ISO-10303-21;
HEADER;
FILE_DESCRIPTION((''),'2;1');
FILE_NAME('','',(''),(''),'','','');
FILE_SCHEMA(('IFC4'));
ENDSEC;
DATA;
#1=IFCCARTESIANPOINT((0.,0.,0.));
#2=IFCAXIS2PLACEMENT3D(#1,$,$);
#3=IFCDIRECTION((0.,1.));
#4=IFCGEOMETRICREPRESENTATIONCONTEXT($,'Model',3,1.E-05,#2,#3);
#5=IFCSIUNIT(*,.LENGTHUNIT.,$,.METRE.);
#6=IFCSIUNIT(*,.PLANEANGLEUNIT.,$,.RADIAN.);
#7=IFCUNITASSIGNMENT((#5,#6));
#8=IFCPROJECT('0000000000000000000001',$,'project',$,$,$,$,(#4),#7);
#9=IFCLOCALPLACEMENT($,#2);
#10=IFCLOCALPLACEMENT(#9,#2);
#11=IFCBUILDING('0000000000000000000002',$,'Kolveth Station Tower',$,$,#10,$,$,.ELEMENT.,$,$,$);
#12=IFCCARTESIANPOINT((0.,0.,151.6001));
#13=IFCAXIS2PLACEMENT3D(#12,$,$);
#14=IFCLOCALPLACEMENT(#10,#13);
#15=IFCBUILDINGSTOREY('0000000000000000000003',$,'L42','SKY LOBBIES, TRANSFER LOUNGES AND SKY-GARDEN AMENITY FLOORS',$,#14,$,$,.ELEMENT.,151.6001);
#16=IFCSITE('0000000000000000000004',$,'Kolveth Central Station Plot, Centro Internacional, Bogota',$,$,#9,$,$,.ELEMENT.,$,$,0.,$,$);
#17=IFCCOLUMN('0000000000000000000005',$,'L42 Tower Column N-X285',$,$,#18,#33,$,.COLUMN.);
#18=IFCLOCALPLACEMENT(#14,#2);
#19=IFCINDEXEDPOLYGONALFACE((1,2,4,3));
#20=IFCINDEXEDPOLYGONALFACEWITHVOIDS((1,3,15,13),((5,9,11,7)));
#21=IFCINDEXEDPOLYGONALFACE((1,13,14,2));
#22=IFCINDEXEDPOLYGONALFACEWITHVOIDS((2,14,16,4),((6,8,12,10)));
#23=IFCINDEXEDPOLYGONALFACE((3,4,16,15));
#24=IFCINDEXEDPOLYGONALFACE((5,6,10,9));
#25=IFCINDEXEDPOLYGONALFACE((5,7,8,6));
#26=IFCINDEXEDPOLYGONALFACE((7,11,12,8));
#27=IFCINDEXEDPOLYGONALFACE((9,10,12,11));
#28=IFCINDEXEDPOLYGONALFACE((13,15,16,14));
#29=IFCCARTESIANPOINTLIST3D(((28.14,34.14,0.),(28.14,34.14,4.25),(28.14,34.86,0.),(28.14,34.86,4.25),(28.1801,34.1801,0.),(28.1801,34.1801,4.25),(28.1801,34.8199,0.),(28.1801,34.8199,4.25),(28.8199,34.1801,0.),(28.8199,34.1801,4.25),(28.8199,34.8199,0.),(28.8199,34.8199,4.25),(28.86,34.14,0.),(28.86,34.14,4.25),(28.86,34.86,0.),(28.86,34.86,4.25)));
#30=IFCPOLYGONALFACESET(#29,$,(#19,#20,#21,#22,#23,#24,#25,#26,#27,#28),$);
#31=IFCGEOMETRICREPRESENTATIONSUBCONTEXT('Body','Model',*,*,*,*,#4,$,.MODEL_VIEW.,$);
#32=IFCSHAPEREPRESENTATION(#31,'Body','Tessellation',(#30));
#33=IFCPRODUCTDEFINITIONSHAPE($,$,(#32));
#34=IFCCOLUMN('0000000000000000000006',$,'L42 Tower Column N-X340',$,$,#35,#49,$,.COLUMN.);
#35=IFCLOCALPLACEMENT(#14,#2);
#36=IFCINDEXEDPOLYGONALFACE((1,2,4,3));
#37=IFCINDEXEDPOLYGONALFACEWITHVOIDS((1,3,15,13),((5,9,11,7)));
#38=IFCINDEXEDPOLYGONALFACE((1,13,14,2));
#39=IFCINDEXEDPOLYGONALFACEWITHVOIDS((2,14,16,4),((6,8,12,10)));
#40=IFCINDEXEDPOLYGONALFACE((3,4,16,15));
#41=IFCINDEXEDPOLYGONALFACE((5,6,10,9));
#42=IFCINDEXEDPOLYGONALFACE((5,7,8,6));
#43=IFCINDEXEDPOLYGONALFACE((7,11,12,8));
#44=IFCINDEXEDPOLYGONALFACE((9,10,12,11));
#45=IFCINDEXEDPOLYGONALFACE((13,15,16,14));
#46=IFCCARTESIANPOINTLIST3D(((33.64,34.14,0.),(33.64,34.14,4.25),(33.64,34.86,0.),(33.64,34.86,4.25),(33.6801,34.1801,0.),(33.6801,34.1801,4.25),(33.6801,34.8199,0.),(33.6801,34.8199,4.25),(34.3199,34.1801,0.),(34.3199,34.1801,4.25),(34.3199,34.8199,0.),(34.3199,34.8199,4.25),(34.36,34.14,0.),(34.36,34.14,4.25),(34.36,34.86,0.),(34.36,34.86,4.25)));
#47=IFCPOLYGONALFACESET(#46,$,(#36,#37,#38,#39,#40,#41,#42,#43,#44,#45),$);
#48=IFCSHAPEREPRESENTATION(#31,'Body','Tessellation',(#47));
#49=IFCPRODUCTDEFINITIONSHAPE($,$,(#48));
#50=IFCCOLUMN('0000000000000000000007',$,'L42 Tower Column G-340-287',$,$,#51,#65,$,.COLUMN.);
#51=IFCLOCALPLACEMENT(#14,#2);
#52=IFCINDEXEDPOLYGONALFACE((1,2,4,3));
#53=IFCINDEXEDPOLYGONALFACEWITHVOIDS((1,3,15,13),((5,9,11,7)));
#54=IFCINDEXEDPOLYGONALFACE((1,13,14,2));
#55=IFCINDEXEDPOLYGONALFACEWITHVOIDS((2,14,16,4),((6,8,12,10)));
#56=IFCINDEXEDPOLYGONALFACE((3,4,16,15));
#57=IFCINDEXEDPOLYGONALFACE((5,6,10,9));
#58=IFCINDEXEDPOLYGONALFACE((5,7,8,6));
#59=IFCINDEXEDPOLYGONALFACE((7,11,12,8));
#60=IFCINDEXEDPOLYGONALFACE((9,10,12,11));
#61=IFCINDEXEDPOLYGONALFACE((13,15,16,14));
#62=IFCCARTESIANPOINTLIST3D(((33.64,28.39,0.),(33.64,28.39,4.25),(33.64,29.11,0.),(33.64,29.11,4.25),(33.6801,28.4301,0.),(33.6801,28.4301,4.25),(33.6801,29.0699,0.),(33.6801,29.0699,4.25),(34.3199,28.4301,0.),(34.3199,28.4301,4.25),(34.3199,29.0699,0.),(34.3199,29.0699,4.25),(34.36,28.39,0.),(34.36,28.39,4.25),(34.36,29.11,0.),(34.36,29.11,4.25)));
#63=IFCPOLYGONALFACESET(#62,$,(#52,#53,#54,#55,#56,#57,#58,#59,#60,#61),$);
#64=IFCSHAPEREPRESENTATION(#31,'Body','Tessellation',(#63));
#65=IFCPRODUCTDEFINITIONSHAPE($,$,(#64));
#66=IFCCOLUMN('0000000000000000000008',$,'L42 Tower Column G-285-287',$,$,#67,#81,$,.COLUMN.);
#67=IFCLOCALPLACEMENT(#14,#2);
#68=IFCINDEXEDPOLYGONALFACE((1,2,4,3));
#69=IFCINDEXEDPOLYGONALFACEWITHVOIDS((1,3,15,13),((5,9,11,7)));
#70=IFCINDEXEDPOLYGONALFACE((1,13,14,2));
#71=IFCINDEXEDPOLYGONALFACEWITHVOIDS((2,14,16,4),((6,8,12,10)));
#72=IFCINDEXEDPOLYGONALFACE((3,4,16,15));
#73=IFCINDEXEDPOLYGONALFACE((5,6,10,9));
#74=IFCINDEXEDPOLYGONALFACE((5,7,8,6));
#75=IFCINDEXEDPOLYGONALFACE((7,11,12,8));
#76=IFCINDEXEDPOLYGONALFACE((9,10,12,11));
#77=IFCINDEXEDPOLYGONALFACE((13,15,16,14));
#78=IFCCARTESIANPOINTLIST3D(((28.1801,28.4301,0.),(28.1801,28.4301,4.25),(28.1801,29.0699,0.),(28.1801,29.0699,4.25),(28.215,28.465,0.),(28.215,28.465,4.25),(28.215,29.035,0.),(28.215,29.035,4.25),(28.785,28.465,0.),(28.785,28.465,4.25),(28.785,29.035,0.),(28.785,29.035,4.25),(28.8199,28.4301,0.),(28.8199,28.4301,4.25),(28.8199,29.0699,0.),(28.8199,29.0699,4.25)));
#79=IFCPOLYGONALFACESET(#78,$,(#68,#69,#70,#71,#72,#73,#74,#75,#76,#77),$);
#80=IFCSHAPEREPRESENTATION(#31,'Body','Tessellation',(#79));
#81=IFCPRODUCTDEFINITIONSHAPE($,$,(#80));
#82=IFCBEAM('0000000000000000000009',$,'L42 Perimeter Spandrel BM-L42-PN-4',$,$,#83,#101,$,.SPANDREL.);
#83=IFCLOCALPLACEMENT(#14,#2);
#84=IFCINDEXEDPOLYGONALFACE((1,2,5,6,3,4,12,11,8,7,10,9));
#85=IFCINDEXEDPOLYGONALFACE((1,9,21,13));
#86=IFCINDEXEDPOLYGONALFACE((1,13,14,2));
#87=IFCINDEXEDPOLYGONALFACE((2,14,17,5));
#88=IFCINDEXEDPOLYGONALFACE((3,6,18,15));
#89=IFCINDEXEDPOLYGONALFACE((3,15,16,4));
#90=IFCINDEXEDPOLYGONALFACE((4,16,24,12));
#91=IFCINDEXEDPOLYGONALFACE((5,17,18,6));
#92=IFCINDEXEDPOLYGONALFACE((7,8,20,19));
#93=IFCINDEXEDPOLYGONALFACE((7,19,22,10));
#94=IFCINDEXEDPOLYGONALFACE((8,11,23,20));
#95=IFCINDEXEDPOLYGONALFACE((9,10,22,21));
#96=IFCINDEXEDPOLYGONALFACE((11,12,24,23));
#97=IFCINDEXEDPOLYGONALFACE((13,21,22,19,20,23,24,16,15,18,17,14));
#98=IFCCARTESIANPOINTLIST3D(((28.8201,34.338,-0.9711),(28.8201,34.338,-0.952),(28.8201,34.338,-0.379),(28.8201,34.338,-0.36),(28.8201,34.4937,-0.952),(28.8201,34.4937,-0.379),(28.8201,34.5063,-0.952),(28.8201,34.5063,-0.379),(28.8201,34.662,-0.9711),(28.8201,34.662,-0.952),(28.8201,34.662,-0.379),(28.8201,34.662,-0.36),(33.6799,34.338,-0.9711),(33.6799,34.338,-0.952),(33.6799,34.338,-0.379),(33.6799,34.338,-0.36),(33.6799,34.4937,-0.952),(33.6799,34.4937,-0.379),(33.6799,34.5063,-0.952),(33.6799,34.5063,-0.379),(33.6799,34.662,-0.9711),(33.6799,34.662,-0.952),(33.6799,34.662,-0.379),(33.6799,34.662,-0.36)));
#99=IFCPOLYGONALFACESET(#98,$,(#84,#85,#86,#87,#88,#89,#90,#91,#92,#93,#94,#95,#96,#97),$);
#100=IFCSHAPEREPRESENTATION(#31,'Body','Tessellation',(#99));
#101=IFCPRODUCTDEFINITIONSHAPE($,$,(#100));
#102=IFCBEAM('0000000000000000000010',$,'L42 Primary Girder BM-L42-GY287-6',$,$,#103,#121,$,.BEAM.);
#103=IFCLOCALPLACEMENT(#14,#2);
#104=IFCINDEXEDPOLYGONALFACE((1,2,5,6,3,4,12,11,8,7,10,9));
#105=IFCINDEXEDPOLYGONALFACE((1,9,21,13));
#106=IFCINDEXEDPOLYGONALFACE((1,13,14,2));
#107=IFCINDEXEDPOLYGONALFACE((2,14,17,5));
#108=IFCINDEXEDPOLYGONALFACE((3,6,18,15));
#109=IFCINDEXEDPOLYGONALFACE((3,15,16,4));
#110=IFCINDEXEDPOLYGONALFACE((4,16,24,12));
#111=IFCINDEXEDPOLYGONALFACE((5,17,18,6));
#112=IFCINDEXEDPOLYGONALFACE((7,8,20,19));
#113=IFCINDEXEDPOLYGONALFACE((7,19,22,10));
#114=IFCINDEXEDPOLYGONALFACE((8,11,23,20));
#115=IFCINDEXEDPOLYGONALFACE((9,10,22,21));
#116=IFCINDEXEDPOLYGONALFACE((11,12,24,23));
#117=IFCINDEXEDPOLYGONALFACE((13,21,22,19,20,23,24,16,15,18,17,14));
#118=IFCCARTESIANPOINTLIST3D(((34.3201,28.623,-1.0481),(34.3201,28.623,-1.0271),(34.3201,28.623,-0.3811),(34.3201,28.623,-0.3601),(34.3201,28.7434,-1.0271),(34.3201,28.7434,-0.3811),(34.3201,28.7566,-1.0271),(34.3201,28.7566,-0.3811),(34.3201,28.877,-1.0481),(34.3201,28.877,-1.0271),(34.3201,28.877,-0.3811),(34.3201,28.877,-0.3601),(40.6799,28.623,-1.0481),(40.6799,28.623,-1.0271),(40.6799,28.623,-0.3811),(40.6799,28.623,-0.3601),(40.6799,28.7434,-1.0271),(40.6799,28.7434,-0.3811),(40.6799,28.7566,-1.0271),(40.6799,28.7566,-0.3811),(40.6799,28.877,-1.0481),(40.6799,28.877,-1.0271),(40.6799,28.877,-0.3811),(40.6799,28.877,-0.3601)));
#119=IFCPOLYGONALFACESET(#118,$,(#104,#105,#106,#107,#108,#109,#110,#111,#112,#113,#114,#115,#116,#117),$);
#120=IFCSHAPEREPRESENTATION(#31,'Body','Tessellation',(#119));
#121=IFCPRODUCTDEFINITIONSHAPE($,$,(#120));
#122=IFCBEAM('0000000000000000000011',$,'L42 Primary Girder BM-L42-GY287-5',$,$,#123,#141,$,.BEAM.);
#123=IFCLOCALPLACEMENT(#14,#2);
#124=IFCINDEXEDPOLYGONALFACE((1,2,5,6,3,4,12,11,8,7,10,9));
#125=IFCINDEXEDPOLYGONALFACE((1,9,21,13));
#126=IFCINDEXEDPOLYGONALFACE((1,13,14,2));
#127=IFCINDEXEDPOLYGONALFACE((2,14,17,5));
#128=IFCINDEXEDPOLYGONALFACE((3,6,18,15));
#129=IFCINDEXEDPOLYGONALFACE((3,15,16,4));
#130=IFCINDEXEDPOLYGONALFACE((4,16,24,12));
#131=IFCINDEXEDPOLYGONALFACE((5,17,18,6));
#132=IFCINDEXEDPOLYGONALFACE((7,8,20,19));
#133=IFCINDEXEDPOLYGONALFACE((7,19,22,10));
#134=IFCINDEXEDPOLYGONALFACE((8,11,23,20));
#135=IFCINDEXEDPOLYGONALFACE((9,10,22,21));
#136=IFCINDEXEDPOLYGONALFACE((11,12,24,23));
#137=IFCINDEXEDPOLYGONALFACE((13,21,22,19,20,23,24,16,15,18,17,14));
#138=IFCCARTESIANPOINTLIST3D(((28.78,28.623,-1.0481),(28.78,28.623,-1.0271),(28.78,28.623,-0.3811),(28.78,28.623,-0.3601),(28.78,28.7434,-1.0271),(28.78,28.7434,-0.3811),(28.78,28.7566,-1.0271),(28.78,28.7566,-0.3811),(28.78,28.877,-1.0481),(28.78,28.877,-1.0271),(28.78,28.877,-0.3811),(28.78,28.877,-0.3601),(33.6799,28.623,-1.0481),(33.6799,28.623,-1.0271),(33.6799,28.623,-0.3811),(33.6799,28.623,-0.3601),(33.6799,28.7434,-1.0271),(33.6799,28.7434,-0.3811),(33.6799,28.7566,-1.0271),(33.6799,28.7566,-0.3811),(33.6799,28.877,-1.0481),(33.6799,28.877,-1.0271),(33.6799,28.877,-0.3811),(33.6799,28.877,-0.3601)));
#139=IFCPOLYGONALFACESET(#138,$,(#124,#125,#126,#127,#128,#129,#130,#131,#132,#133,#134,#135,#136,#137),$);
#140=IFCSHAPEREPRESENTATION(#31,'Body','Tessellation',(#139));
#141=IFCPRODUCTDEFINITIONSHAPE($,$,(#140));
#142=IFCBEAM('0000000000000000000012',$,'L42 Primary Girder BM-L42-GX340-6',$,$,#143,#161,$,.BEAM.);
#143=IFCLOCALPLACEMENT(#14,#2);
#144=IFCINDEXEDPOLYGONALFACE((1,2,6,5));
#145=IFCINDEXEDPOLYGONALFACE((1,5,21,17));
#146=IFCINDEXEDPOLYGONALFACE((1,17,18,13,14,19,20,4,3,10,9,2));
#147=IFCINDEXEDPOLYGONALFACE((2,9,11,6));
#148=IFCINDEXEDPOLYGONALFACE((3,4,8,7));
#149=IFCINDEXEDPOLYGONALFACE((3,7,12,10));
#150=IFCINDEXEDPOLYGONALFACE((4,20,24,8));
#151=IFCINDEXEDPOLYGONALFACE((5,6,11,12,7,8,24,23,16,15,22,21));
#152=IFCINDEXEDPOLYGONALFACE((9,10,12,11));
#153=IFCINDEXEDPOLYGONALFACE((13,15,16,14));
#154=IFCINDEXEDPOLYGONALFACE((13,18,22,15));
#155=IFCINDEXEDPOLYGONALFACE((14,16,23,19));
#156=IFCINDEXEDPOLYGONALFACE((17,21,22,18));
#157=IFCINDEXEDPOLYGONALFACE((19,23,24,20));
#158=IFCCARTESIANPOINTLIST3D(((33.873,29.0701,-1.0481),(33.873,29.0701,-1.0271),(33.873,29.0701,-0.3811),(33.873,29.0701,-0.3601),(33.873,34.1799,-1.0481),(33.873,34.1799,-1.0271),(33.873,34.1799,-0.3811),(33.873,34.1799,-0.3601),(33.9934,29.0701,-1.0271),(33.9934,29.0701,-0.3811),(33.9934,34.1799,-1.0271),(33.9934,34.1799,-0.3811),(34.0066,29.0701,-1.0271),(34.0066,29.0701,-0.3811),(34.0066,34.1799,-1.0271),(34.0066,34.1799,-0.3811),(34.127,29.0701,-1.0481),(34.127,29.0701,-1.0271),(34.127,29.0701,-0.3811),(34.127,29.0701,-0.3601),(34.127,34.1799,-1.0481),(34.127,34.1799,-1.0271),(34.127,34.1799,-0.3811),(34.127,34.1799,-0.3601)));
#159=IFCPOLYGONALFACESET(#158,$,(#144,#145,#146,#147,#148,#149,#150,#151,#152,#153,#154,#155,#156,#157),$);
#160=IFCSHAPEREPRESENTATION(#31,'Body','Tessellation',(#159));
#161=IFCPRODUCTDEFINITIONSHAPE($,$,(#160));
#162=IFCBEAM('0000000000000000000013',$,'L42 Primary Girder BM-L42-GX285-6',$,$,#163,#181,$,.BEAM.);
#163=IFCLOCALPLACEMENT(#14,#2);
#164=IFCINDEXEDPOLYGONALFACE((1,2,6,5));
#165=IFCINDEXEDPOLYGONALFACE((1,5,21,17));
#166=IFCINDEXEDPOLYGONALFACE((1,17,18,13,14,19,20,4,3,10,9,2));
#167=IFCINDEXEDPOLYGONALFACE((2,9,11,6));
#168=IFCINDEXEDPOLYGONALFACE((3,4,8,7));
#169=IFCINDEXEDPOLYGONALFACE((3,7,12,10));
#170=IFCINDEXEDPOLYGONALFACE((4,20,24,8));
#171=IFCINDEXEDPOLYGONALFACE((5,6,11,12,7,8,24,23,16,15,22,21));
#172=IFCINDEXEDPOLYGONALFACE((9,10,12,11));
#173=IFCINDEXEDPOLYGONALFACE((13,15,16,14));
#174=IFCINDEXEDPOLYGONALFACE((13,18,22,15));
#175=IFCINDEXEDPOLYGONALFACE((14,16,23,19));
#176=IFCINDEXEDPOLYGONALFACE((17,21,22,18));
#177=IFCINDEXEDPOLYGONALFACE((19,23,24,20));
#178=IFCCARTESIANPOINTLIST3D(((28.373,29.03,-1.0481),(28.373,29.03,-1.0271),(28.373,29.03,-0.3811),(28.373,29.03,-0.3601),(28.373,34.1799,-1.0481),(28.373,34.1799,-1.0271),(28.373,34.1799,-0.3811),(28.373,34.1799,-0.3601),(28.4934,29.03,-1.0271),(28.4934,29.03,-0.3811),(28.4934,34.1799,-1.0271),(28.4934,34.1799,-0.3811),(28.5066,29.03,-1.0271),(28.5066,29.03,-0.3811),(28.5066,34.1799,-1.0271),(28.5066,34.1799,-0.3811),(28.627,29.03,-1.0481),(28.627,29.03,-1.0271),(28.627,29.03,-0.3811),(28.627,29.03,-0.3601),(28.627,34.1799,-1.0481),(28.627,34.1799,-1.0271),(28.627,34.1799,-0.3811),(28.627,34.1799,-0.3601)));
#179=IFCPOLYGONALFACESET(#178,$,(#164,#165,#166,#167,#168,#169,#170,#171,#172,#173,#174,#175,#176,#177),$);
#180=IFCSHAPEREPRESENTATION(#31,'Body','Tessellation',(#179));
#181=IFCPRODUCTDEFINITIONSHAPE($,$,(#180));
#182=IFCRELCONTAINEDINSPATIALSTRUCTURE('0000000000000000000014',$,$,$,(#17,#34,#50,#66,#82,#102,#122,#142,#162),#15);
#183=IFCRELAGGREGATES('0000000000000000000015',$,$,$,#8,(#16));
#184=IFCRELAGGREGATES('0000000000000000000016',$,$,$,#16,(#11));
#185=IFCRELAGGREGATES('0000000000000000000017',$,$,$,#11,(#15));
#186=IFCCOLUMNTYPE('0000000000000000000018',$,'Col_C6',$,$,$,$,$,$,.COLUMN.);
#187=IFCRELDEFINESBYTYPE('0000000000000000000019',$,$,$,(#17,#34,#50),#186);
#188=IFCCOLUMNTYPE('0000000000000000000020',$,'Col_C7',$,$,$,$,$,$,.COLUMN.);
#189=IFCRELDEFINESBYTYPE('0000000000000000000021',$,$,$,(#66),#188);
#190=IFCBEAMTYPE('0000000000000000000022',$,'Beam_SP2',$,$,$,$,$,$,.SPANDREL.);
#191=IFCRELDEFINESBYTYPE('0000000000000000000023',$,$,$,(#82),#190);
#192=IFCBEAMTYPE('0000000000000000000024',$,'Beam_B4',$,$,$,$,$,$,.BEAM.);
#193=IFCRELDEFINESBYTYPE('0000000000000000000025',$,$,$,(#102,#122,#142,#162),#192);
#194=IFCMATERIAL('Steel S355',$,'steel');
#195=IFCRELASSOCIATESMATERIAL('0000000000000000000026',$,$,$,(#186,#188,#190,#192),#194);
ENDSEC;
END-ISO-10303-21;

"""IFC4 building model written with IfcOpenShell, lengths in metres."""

from ifc_helpers import new_model, si_unit, direction, frame, origin, origin_2d, place, context, subcontext, project, spatial, hollow_rectangle, i_section, extrude, source, transform, mapped, material, material_profile, profile_set, type_object, element, save


model = new_model("IFC4")

# Units and contexts
model_context = context("Model", 3, precision=1e-05, world=origin(), true_north=direction((0.0, 1.0)))
body_context = subcontext(model_context, "Body", "Model", "MODEL_VIEW")
ifc_project = project(units=[si_unit("LENGTHUNIT", "METRE"), si_unit("PLANEANGLEUNIT", "RADIAN")], contexts=[model_context])

# Site, building, storey
site_placement = place(None, origin())
site = spatial("IfcSite", under=ifc_project, at=site_placement, Name="Kolveth Central Station Plot, Centro Internacional, Bogota", CompositionType="ELEMENT", RefElevation=0.0)
building_placement = place(site_placement, origin())
building = spatial("IfcBuilding", under=site, at=building_placement, Name="Kolveth Station Tower", CompositionType="ELEMENT")
storey_placement = place(building_placement, frame((0.0, 0.0, 151.6001)))
storey = spatial("IfcBuildingStorey", under=building, at=storey_placement, Name="L42", Description="SKY LOBBIES, TRANSFER LOUNGES AND SKY-GARDEN AMENITY FLOORS", CompositionType="ELEMENT", Elevation=151.6001)

# Columns
ifc_material_1 = material(Name="Steel S355", Category="steel")
ifc_material_profile_1 = material_profile(ifc_material_1, hollow_rectangle(XDim=0.72, YDim=0.72, WallThickness=0.04, at=origin_2d()), Name="BOX720x720x40")
ifc_profile_set_1 = profile_set([ifc_material_profile_1], Name="Steel S355")
column_type_1 = type_object("IfcColumnType", Name="Col_C6", PredefinedType="COLUMN", material=ifc_profile_set_1)
shared_shape_1 = source(origin(), body_context, "Body", "SweptSolid", [
    extrude(hollow_rectangle(XDim=0.72, YDim=0.72, WallThickness=0.04, at=origin_2d()), origin(), (0.0, 0.0, 1.0), 4.25),
])
for number, where, z_axis, x_axis, name in (
    (1, (28.5, 34.5, 0.0), (0.0, 0.0, 1.0), (1.0, 0.0, 0.0), "L42 Tower Column N-X285"),
    (2, (34.0, 34.5, 0.0), (0.0, 0.0, 1.0), (1.0, 0.0, 0.0), "L42 Tower Column N-X340"),
    (3, (34.0, 28.75, 0.0), (0.0, 0.0, 1.0), (1.0, 0.0, 0.0), "L42 Tower Column G-340-287"),
):
    element("IfcColumn", number, at=place(storey_placement, frame(where, z_axis=z_axis, x_axis=x_axis)), inside=storey, type_object=column_type_1, Name=name, PredefinedType="COLUMN", context=body_context, shape_type="MappedRepresentation", body=[
        mapped(shared_shape_1, transform((0.0, 0.0, 0.0), x_axis=(1.0, 0.0, 0.0), y_axis=(0.0, 1.0, 0.0), z_axis=(0.0, 0.0, 1.0), scale=1.0)),
    ])
ifc_material_profile_2 = material_profile(ifc_material_1, hollow_rectangle(XDim=0.6399, YDim=0.6399, WallThickness=0.0349, at=origin_2d()), Name="BOX640x640x35")
ifc_profile_set_2 = profile_set([ifc_material_profile_2], Name="Steel S355")
column_type_2 = type_object("IfcColumnType", Name="Col_C7", PredefinedType="COLUMN", material=ifc_profile_set_2)
shared_shape_2 = source(origin(), body_context, "Body", "SweptSolid", [
    extrude(hollow_rectangle(XDim=0.6399, YDim=0.6399, WallThickness=0.0349, at=origin_2d()), origin(), (0.0, 0.0, 1.0), 4.25),
])
column_placement = place(storey_placement, frame((28.5, 28.75, 0.0), z_axis=(0.0, 0.0, 1.0), x_axis=(1.0, 0.0, 0.0)))
element("IfcColumn", 4, at=column_placement, inside=storey, type_object=column_type_2, Name="L42 Tower Column G-285-287", PredefinedType="COLUMN", context=body_context, shape_type="MappedRepresentation", body=[
    mapped(shared_shape_2, transform((0.0, 0.0, 0.0), x_axis=(1.0, 0.0, 0.0), y_axis=(0.0, 1.0, 0.0), z_axis=(0.0, 0.0, 1.0), scale=1.0)),
])

# Beams
ifc_material_profile_3 = material_profile(ifc_material_1, i_section(OverallWidth=0.324, OverallDepth=0.6111, WebThickness=0.0127, FlangeThickness=0.019, at=origin_2d()), Name="W610x155")
ifc_profile_set_3 = profile_set([ifc_material_profile_3], Name="Steel S355")
beam_type_1 = type_object("IfcBeamType", Name="Beam_SP2", PredefinedType="SPANDREL", material=ifc_profile_set_3)
shared_shape_3 = source(origin(), body_context, "Body", "SweptSolid", [
    extrude(i_section(OverallWidth=0.324, OverallDepth=0.6111, WebThickness=0.0127, FlangeThickness=0.019, at=origin_2d()), origin(), (0.0, 0.0, 1.0), 4.8599),
])
beam_1_placement = place(storey_placement, frame((28.8201, 34.5, -0.6655), z_axis=(1.0, 0.0, 0.0), x_axis=(0.0, 1.0, 0.0)))
element("IfcBeam", 5, at=beam_1_placement, inside=storey, type_object=beam_type_1, Name="L42 Perimeter Spandrel BM-L42-PN-4", PredefinedType="SPANDREL", context=body_context, shape_type="MappedRepresentation", body=[
    mapped(shared_shape_3, transform((0.0, 0.0, 0.0), x_axis=(1.0, 0.0, 0.0), y_axis=(0.0, 1.0, 0.0), z_axis=(0.0, 0.0, 1.0), scale=1.0)),
])
ifc_material_profile_4 = material_profile(ifc_material_1, i_section(OverallWidth=0.2539, OverallDepth=0.688, WebThickness=0.0132, FlangeThickness=0.021, at=origin_2d()), Name="W690x152")
ifc_profile_set_4 = profile_set([ifc_material_profile_4], Name="Steel S355")
beam_type_2 = type_object("IfcBeamType", Name="Beam_B4", PredefinedType="BEAM", material=ifc_profile_set_4)
shared_shape_4 = source(origin(), body_context, "Body", "SweptSolid", [
    extrude(i_section(OverallWidth=0.2539, OverallDepth=0.688, WebThickness=0.0132, FlangeThickness=0.021, at=origin_2d()), origin(), (0.0, 0.0, 1.0), 6.3599),
])
beam_2_placement = place(storey_placement, frame((34.3201, 28.75, -0.7041), z_axis=(1.0, 0.0, 0.0), x_axis=(0.0, 1.0, 0.0)))
element("IfcBeam", 6, at=beam_2_placement, inside=storey, type_object=beam_type_2, Name="L42 Primary Girder BM-L42-GY287-6", PredefinedType="BEAM", context=body_context, shape_type="MappedRepresentation", body=[
    mapped(shared_shape_4, transform((0.0, 0.0, 0.0), x_axis=(1.0, 0.0, 0.0), y_axis=(0.0, 1.0, 0.0), z_axis=(0.0, 0.0, 1.0), scale=1.0)),
])
shared_shape_5 = source(origin(), body_context, "Body", "SweptSolid", [
    extrude(i_section(OverallWidth=0.2539, OverallDepth=0.688, WebThickness=0.0132, FlangeThickness=0.021, at=origin_2d()), origin(), (0.0, 0.0, 1.0), 4.8999),
])
beam_3_placement = place(storey_placement, frame((28.78, 28.75, -0.7041), z_axis=(1.0, 0.0, 0.0), x_axis=(0.0, 1.0, 0.0)))
element("IfcBeam", 7, at=beam_3_placement, inside=storey, type_object=beam_type_2, Name="L42 Primary Girder BM-L42-GY287-5", PredefinedType="BEAM", context=body_context, shape_type="MappedRepresentation", body=[
    mapped(shared_shape_5, transform((0.0, 0.0, 0.0), x_axis=(1.0, 0.0, 0.0), y_axis=(0.0, 1.0, 0.0), z_axis=(0.0, 0.0, 1.0), scale=1.0)),
])
shared_shape_6 = source(origin(), body_context, "Body", "SweptSolid", [
    extrude(i_section(OverallWidth=0.2539, OverallDepth=0.688, WebThickness=0.0132, FlangeThickness=0.021, at=origin_2d()), origin(), (0.0, 0.0, 1.0), 5.1099),
])
beam_4_placement = place(storey_placement, frame((34.0, 29.0701, -0.7041), z_axis=(0.0, 1.0, 0.0), x_axis=(-1.0, 0.0, 0.0)))
element("IfcBeam", 8, at=beam_4_placement, inside=storey, type_object=beam_type_2, Name="L42 Primary Girder BM-L42-GX340-6", PredefinedType="BEAM", context=body_context, shape_type="MappedRepresentation", body=[
    mapped(shared_shape_6, transform((0.0, 0.0, 0.0), x_axis=(1.0, 0.0, 0.0), y_axis=(0.0, 1.0, 0.0), z_axis=(0.0, 0.0, 1.0), scale=1.0)),
])
shared_shape_7 = source(origin(), body_context, "Body", "SweptSolid", [
    extrude(i_section(OverallWidth=0.2539, OverallDepth=0.688, WebThickness=0.0132, FlangeThickness=0.021, at=origin_2d()), origin(), (0.0, 0.0, 1.0), 5.1499),
])
beam_5_placement = place(storey_placement, frame((28.5, 29.03, -0.7041), z_axis=(0.0, 1.0, 0.0), x_axis=(-1.0, 0.0, 0.0)))
element("IfcBeam", 9, at=beam_5_placement, inside=storey, type_object=beam_type_2, Name="L42 Primary Girder BM-L42-GX285-6", PredefinedType="BEAM", context=body_context, shape_type="MappedRepresentation", body=[
    mapped(shared_shape_7, transform((0.0, 0.0, 0.0), x_axis=(1.0, 0.0, 0.0), y_axis=(0.0, 1.0, 0.0), z_axis=(0.0, 0.0, 1.0), scale=1.0)),
])

save(model, "model.ifc")
